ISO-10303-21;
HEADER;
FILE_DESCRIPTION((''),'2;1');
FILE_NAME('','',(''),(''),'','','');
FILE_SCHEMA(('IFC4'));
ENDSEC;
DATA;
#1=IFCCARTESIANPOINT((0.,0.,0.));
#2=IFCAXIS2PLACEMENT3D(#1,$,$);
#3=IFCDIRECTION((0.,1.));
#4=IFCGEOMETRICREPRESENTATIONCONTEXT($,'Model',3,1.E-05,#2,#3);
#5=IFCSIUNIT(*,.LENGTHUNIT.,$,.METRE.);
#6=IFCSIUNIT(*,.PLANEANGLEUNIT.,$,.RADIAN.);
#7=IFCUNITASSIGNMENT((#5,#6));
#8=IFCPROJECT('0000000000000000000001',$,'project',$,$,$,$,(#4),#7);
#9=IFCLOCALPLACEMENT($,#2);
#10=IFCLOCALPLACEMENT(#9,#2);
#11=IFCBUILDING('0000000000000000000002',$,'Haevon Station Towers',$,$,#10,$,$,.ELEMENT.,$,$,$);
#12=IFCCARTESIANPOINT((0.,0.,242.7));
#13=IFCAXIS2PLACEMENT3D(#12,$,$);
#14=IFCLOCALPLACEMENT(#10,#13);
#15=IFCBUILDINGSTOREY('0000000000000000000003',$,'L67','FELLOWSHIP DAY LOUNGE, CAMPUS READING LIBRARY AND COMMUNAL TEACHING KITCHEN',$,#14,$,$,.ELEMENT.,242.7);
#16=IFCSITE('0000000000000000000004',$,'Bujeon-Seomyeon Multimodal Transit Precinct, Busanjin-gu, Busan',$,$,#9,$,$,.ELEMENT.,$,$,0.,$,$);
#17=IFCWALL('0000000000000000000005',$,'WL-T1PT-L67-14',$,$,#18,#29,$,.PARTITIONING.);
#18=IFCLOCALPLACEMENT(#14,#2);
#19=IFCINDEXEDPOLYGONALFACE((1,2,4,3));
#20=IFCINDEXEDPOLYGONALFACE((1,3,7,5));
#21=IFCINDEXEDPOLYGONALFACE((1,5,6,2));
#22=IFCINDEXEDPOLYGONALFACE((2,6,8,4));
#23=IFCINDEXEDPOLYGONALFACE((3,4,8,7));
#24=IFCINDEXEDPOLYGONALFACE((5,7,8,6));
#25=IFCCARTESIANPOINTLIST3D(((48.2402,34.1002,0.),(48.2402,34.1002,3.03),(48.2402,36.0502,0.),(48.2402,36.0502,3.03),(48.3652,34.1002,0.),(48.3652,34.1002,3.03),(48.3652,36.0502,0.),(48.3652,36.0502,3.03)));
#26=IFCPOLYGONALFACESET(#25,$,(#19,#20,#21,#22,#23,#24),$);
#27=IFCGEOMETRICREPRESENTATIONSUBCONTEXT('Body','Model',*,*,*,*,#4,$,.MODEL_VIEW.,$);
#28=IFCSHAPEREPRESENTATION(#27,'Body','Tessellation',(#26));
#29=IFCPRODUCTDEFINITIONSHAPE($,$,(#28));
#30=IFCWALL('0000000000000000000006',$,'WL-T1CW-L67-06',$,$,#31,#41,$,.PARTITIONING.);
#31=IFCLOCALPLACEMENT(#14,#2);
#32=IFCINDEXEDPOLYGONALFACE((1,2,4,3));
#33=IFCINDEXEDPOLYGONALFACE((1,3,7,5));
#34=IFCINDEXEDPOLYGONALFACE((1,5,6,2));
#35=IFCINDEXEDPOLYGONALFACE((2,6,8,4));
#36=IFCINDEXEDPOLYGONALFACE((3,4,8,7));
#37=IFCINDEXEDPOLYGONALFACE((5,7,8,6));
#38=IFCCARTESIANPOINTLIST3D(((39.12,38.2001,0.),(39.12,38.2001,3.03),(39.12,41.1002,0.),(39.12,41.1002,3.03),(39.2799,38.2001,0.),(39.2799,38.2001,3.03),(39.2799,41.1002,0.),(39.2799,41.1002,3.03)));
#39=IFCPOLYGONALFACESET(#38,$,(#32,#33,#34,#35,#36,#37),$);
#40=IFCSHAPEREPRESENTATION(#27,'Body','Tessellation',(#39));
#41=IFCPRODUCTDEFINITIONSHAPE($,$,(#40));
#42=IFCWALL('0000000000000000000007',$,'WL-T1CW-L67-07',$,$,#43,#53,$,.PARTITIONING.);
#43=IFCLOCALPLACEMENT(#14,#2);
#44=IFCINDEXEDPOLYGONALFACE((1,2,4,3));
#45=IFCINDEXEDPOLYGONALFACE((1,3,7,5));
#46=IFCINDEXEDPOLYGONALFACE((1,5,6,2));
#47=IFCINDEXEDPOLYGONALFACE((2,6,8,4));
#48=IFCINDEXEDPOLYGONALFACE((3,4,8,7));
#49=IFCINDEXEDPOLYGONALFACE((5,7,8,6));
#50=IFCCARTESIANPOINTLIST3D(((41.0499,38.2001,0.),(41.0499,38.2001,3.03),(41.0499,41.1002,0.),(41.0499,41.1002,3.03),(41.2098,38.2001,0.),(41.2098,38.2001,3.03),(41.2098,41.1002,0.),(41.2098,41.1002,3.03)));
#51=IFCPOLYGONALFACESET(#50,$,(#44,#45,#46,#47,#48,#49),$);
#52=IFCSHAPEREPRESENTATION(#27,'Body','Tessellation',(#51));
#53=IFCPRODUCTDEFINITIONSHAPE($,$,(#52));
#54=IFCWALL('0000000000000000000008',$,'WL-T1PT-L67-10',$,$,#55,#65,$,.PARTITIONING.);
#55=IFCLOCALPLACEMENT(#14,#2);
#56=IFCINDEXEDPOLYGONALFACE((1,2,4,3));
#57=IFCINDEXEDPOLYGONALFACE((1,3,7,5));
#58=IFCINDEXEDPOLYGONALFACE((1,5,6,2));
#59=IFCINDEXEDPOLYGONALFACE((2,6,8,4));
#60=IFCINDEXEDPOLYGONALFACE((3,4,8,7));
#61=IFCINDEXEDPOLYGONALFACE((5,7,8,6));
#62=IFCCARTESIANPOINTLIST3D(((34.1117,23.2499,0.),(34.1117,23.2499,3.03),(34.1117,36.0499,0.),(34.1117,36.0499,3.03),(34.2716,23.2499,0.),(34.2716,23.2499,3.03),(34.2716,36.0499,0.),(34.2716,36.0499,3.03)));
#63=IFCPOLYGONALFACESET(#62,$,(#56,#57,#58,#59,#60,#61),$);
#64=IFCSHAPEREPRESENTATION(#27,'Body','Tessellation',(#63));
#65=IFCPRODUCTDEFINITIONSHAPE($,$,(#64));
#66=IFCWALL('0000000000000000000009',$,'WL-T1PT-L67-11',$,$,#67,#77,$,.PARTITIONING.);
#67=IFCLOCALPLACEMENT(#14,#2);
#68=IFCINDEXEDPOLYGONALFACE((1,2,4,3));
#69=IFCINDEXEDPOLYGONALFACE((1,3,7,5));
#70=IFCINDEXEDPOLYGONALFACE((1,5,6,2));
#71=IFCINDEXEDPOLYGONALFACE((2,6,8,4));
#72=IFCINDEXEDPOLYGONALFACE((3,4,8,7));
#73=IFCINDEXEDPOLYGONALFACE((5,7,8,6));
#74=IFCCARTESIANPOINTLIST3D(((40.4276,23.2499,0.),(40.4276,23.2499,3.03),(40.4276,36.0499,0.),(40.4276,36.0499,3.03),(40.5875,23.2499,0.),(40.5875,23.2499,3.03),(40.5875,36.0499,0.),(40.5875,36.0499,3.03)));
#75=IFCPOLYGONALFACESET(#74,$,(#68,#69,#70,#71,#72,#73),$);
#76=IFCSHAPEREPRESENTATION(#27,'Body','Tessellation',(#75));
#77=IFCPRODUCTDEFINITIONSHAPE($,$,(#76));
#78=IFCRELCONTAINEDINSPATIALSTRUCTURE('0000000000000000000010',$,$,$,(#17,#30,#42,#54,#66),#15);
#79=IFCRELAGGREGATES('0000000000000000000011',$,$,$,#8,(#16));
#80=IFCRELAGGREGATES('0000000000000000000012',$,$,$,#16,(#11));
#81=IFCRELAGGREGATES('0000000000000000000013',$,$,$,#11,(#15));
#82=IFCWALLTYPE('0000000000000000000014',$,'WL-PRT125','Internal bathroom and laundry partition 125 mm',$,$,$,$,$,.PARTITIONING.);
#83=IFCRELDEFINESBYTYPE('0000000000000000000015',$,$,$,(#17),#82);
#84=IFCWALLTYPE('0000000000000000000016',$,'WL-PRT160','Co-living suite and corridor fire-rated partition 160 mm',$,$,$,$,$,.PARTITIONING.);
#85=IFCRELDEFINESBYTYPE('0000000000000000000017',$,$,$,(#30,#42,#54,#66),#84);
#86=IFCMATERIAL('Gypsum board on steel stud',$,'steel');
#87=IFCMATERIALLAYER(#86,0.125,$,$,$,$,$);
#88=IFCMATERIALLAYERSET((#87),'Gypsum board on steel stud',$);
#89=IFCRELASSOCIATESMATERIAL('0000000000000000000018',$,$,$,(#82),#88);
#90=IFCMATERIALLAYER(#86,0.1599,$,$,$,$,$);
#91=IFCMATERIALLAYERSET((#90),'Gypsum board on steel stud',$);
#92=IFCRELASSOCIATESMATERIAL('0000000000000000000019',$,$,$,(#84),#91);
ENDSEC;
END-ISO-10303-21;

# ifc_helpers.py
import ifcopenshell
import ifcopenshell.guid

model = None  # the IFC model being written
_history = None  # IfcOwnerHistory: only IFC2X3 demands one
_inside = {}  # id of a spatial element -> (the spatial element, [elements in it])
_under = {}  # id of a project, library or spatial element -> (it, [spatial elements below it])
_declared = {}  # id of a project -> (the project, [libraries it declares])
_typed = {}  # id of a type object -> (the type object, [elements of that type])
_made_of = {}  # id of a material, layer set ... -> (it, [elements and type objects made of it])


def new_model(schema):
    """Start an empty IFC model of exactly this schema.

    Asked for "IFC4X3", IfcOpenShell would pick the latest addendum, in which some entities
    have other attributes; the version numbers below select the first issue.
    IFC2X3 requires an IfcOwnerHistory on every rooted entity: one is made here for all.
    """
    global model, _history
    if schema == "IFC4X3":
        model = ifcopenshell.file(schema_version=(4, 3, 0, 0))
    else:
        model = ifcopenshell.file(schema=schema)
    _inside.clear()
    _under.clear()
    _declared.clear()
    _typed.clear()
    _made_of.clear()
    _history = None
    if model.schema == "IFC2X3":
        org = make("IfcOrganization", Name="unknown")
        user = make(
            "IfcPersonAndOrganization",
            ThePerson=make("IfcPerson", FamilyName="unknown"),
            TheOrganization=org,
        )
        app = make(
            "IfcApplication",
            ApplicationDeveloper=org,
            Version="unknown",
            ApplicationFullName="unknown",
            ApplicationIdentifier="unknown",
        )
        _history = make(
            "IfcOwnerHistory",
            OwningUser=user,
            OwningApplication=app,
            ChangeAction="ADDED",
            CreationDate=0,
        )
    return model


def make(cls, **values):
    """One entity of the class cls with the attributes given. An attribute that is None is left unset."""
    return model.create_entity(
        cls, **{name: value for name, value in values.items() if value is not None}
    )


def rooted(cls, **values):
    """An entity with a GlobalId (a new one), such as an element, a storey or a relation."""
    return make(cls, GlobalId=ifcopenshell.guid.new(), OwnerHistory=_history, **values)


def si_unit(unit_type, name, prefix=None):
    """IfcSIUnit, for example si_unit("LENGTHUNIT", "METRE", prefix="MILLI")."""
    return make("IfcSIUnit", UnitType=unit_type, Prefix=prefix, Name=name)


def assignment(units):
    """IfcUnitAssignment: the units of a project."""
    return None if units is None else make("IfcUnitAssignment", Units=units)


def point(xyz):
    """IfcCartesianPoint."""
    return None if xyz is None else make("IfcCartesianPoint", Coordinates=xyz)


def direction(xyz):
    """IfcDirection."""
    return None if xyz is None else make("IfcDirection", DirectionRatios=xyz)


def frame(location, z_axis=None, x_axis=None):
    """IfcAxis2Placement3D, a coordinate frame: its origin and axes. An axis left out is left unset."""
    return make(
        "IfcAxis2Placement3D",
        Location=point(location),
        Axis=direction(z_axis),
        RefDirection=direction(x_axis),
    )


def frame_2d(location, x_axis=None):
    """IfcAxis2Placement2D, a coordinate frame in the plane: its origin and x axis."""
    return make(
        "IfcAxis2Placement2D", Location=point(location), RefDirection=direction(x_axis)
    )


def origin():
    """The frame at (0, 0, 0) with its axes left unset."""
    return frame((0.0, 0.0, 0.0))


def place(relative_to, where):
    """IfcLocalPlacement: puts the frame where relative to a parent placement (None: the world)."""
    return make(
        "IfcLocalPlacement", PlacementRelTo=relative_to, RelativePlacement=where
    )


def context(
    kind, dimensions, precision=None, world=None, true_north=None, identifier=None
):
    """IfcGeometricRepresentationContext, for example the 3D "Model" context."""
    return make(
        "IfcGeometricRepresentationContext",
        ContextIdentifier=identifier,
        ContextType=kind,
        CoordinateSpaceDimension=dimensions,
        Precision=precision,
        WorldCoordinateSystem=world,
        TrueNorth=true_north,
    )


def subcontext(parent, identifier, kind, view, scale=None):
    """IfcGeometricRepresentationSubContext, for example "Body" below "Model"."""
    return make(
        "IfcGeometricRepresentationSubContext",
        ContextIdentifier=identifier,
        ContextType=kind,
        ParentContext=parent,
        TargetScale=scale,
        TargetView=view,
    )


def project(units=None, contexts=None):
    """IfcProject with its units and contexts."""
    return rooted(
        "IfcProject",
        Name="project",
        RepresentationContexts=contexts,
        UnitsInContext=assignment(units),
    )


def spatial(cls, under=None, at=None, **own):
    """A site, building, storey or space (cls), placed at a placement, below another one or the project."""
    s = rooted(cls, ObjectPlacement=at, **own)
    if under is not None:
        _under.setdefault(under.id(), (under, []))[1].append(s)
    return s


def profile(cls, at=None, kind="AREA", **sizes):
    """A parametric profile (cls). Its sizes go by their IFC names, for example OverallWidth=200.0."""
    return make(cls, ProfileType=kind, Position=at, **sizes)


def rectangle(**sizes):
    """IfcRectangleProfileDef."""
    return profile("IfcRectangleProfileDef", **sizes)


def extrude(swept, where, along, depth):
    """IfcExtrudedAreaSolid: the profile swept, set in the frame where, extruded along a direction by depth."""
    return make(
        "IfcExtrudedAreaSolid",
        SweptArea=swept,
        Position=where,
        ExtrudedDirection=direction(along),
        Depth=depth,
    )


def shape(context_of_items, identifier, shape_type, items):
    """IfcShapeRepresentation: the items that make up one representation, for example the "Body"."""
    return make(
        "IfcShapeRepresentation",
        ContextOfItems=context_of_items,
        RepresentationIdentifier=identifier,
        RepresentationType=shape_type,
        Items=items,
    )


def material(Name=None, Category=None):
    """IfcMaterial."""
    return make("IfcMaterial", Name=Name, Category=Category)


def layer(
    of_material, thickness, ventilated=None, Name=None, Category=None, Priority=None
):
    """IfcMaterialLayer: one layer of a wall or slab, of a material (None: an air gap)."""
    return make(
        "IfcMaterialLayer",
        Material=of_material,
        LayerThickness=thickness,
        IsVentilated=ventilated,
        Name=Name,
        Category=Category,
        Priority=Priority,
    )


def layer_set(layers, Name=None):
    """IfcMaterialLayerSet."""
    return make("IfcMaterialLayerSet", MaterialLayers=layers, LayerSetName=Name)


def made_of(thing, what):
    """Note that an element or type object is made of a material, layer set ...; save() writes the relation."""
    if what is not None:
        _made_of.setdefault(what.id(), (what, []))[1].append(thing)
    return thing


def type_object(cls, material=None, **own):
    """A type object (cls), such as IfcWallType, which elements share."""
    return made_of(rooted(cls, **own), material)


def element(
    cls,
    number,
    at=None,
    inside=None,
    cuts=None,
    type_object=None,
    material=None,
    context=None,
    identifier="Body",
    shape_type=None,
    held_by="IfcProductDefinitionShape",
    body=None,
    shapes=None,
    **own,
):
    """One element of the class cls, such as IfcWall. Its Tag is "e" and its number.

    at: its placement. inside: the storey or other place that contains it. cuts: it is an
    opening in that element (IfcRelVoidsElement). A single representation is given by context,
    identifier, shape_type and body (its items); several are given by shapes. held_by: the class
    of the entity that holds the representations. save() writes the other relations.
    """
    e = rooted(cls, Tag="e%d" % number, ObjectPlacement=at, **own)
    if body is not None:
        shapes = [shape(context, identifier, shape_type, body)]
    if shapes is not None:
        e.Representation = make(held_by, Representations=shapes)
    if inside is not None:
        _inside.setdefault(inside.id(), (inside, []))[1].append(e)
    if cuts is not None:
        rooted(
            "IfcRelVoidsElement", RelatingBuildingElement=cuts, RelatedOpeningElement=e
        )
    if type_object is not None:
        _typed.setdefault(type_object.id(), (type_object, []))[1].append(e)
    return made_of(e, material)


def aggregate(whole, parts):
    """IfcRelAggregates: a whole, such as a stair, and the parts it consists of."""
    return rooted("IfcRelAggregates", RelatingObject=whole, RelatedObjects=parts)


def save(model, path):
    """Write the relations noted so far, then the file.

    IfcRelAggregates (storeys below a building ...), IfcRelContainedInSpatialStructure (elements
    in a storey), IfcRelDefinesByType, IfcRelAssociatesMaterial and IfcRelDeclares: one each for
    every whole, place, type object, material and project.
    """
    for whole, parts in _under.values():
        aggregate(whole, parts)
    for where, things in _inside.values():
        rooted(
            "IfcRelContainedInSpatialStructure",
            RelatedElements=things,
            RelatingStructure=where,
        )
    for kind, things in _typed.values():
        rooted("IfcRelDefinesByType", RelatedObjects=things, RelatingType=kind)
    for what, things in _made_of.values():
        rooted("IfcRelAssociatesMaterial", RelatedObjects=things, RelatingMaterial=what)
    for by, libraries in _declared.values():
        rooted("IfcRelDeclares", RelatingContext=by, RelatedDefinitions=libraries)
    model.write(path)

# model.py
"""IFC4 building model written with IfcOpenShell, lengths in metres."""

from ifc_helpers import new_model, si_unit, direction, frame, frame_2d, origin, place, context, subcontext, project, spatial, rectangle, extrude, material, layer, layer_set, type_object, element, save


model = new_model("IFC4")

# Units and contexts
model_context = context("Model", 3, precision=1e-05, world=origin(), true_north=direction((0.0, 1.0)))
body_context = subcontext(model_context, "Body", "Model", "MODEL_VIEW")
ifc_project = project(units=[si_unit("LENGTHUNIT", "METRE"), si_unit("PLANEANGLEUNIT", "RADIAN")], contexts=[model_context])

# Site, building, storey
site_placement = place(None, origin())
site = spatial("IfcSite", under=ifc_project, at=site_placement, Name="Bujeon-Seomyeon Multimodal Transit Precinct, Busanjin-gu, Busan", CompositionType="ELEMENT", RefElevation=0.0)
building_placement = place(site_placement, origin())
building = spatial("IfcBuilding", under=site, at=building_placement, Name="Haevon Station Towers", CompositionType="ELEMENT")
storey_placement = place(building_placement, frame((0.0, 0.0, 242.7)))
storey = spatial("IfcBuildingStorey", under=building, at=storey_placement, Name="L67", Description="FELLOWSHIP DAY LOUNGE, CAMPUS READING LIBRARY AND COMMUNAL TEACHING KITCHEN", CompositionType="ELEMENT", Elevation=242.7)

# Walls
ifc_material_1 = material(Name="Gypsum board on steel stud", Category="steel")
ifc_layer_1 = layer(ifc_material_1, 0.125)
ifc_layer_set_1 = layer_set([ifc_layer_1], Name="Gypsum board on steel stud")
wall_type_1 = type_object("IfcWallType", Name="WL-PRT125", Description="Internal bathroom and laundry partition 125 mm", PredefinedType="PARTITIONING", material=ifc_layer_set_1)
wall_1_placement = place(storey_placement, frame((48.3027, 34.1001, 0.0), z_axis=(0.0, 0.0, 1.0), x_axis=(0.0, 1.0, 0.0)))
element("IfcWall", 1, at=wall_1_placement, inside=storey, type_object=wall_type_1, Name="WL-T1PT-L67-14", PredefinedType="PARTITIONING", context=body_context, shape_type="SweptSolid", body=[
    extrude(rectangle(XDim=1.95, YDim=0.125, at=frame_2d((0.9751, 0.0))), origin(), (0.0, 0.0, 1.0), 3.03),
])
ifc_layer_2 = layer(ifc_material_1, 0.1599)
ifc_layer_set_2 = layer_set([ifc_layer_2], Name="Gypsum board on steel stud")
wall_type_2 = type_object("IfcWallType", Name="WL-PRT160", Description="Co-living suite and corridor fire-rated partition 160 mm", PredefinedType="PARTITIONING", material=ifc_layer_set_2)
for number, where, z_axis, x_axis, name in (
    (2, (39.2, 38.2, 0.0), (0.0, 0.0, 1.0), (0.0, 1.0, 0.0), "WL-T1CW-L67-06"),
    (3, (41.1299, 38.2, 0.0), (0.0, 0.0, 1.0), (0.0, 1.0, 0.0), "WL-T1CW-L67-07"),
):
    element("IfcWall", number, at=place(storey_placement, frame(where, z_axis=z_axis, x_axis=x_axis)), inside=storey, type_object=wall_type_2, Name=name, PredefinedType="PARTITIONING", context=body_context, shape_type="SweptSolid", body=[
        extrude(rectangle(XDim=2.9001, YDim=0.1599, at=frame_2d((1.4502, 0.0))), origin(), (0.0, 0.0, 1.0), 3.03),
    ])
for number, where, z_axis, x_axis, name in (
    (4, (34.1917, 23.25, 0.0), (0.0, 0.0, 1.0), (0.0, 1.0, 0.0), "WL-T1PT-L67-10"),
    (5, (40.5076, 23.25, 0.0), (0.0, 0.0, 1.0), (0.0, 1.0, 0.0), "WL-T1PT-L67-11"),
):
    element("IfcWall", number, at=place(storey_placement, frame(where, z_axis=z_axis, x_axis=x_axis)), inside=storey, type_object=wall_type_2, Name=name, PredefinedType="PARTITIONING", context=body_context, shape_type="SweptSolid", body=[
        extrude(rectangle(XDim=12.8, YDim=0.1599, at=frame_2d((6.3999, 0.0))), origin(), (0.0, 0.0, 1.0), 3.03),
    ])

save(model, "model.ifc")
